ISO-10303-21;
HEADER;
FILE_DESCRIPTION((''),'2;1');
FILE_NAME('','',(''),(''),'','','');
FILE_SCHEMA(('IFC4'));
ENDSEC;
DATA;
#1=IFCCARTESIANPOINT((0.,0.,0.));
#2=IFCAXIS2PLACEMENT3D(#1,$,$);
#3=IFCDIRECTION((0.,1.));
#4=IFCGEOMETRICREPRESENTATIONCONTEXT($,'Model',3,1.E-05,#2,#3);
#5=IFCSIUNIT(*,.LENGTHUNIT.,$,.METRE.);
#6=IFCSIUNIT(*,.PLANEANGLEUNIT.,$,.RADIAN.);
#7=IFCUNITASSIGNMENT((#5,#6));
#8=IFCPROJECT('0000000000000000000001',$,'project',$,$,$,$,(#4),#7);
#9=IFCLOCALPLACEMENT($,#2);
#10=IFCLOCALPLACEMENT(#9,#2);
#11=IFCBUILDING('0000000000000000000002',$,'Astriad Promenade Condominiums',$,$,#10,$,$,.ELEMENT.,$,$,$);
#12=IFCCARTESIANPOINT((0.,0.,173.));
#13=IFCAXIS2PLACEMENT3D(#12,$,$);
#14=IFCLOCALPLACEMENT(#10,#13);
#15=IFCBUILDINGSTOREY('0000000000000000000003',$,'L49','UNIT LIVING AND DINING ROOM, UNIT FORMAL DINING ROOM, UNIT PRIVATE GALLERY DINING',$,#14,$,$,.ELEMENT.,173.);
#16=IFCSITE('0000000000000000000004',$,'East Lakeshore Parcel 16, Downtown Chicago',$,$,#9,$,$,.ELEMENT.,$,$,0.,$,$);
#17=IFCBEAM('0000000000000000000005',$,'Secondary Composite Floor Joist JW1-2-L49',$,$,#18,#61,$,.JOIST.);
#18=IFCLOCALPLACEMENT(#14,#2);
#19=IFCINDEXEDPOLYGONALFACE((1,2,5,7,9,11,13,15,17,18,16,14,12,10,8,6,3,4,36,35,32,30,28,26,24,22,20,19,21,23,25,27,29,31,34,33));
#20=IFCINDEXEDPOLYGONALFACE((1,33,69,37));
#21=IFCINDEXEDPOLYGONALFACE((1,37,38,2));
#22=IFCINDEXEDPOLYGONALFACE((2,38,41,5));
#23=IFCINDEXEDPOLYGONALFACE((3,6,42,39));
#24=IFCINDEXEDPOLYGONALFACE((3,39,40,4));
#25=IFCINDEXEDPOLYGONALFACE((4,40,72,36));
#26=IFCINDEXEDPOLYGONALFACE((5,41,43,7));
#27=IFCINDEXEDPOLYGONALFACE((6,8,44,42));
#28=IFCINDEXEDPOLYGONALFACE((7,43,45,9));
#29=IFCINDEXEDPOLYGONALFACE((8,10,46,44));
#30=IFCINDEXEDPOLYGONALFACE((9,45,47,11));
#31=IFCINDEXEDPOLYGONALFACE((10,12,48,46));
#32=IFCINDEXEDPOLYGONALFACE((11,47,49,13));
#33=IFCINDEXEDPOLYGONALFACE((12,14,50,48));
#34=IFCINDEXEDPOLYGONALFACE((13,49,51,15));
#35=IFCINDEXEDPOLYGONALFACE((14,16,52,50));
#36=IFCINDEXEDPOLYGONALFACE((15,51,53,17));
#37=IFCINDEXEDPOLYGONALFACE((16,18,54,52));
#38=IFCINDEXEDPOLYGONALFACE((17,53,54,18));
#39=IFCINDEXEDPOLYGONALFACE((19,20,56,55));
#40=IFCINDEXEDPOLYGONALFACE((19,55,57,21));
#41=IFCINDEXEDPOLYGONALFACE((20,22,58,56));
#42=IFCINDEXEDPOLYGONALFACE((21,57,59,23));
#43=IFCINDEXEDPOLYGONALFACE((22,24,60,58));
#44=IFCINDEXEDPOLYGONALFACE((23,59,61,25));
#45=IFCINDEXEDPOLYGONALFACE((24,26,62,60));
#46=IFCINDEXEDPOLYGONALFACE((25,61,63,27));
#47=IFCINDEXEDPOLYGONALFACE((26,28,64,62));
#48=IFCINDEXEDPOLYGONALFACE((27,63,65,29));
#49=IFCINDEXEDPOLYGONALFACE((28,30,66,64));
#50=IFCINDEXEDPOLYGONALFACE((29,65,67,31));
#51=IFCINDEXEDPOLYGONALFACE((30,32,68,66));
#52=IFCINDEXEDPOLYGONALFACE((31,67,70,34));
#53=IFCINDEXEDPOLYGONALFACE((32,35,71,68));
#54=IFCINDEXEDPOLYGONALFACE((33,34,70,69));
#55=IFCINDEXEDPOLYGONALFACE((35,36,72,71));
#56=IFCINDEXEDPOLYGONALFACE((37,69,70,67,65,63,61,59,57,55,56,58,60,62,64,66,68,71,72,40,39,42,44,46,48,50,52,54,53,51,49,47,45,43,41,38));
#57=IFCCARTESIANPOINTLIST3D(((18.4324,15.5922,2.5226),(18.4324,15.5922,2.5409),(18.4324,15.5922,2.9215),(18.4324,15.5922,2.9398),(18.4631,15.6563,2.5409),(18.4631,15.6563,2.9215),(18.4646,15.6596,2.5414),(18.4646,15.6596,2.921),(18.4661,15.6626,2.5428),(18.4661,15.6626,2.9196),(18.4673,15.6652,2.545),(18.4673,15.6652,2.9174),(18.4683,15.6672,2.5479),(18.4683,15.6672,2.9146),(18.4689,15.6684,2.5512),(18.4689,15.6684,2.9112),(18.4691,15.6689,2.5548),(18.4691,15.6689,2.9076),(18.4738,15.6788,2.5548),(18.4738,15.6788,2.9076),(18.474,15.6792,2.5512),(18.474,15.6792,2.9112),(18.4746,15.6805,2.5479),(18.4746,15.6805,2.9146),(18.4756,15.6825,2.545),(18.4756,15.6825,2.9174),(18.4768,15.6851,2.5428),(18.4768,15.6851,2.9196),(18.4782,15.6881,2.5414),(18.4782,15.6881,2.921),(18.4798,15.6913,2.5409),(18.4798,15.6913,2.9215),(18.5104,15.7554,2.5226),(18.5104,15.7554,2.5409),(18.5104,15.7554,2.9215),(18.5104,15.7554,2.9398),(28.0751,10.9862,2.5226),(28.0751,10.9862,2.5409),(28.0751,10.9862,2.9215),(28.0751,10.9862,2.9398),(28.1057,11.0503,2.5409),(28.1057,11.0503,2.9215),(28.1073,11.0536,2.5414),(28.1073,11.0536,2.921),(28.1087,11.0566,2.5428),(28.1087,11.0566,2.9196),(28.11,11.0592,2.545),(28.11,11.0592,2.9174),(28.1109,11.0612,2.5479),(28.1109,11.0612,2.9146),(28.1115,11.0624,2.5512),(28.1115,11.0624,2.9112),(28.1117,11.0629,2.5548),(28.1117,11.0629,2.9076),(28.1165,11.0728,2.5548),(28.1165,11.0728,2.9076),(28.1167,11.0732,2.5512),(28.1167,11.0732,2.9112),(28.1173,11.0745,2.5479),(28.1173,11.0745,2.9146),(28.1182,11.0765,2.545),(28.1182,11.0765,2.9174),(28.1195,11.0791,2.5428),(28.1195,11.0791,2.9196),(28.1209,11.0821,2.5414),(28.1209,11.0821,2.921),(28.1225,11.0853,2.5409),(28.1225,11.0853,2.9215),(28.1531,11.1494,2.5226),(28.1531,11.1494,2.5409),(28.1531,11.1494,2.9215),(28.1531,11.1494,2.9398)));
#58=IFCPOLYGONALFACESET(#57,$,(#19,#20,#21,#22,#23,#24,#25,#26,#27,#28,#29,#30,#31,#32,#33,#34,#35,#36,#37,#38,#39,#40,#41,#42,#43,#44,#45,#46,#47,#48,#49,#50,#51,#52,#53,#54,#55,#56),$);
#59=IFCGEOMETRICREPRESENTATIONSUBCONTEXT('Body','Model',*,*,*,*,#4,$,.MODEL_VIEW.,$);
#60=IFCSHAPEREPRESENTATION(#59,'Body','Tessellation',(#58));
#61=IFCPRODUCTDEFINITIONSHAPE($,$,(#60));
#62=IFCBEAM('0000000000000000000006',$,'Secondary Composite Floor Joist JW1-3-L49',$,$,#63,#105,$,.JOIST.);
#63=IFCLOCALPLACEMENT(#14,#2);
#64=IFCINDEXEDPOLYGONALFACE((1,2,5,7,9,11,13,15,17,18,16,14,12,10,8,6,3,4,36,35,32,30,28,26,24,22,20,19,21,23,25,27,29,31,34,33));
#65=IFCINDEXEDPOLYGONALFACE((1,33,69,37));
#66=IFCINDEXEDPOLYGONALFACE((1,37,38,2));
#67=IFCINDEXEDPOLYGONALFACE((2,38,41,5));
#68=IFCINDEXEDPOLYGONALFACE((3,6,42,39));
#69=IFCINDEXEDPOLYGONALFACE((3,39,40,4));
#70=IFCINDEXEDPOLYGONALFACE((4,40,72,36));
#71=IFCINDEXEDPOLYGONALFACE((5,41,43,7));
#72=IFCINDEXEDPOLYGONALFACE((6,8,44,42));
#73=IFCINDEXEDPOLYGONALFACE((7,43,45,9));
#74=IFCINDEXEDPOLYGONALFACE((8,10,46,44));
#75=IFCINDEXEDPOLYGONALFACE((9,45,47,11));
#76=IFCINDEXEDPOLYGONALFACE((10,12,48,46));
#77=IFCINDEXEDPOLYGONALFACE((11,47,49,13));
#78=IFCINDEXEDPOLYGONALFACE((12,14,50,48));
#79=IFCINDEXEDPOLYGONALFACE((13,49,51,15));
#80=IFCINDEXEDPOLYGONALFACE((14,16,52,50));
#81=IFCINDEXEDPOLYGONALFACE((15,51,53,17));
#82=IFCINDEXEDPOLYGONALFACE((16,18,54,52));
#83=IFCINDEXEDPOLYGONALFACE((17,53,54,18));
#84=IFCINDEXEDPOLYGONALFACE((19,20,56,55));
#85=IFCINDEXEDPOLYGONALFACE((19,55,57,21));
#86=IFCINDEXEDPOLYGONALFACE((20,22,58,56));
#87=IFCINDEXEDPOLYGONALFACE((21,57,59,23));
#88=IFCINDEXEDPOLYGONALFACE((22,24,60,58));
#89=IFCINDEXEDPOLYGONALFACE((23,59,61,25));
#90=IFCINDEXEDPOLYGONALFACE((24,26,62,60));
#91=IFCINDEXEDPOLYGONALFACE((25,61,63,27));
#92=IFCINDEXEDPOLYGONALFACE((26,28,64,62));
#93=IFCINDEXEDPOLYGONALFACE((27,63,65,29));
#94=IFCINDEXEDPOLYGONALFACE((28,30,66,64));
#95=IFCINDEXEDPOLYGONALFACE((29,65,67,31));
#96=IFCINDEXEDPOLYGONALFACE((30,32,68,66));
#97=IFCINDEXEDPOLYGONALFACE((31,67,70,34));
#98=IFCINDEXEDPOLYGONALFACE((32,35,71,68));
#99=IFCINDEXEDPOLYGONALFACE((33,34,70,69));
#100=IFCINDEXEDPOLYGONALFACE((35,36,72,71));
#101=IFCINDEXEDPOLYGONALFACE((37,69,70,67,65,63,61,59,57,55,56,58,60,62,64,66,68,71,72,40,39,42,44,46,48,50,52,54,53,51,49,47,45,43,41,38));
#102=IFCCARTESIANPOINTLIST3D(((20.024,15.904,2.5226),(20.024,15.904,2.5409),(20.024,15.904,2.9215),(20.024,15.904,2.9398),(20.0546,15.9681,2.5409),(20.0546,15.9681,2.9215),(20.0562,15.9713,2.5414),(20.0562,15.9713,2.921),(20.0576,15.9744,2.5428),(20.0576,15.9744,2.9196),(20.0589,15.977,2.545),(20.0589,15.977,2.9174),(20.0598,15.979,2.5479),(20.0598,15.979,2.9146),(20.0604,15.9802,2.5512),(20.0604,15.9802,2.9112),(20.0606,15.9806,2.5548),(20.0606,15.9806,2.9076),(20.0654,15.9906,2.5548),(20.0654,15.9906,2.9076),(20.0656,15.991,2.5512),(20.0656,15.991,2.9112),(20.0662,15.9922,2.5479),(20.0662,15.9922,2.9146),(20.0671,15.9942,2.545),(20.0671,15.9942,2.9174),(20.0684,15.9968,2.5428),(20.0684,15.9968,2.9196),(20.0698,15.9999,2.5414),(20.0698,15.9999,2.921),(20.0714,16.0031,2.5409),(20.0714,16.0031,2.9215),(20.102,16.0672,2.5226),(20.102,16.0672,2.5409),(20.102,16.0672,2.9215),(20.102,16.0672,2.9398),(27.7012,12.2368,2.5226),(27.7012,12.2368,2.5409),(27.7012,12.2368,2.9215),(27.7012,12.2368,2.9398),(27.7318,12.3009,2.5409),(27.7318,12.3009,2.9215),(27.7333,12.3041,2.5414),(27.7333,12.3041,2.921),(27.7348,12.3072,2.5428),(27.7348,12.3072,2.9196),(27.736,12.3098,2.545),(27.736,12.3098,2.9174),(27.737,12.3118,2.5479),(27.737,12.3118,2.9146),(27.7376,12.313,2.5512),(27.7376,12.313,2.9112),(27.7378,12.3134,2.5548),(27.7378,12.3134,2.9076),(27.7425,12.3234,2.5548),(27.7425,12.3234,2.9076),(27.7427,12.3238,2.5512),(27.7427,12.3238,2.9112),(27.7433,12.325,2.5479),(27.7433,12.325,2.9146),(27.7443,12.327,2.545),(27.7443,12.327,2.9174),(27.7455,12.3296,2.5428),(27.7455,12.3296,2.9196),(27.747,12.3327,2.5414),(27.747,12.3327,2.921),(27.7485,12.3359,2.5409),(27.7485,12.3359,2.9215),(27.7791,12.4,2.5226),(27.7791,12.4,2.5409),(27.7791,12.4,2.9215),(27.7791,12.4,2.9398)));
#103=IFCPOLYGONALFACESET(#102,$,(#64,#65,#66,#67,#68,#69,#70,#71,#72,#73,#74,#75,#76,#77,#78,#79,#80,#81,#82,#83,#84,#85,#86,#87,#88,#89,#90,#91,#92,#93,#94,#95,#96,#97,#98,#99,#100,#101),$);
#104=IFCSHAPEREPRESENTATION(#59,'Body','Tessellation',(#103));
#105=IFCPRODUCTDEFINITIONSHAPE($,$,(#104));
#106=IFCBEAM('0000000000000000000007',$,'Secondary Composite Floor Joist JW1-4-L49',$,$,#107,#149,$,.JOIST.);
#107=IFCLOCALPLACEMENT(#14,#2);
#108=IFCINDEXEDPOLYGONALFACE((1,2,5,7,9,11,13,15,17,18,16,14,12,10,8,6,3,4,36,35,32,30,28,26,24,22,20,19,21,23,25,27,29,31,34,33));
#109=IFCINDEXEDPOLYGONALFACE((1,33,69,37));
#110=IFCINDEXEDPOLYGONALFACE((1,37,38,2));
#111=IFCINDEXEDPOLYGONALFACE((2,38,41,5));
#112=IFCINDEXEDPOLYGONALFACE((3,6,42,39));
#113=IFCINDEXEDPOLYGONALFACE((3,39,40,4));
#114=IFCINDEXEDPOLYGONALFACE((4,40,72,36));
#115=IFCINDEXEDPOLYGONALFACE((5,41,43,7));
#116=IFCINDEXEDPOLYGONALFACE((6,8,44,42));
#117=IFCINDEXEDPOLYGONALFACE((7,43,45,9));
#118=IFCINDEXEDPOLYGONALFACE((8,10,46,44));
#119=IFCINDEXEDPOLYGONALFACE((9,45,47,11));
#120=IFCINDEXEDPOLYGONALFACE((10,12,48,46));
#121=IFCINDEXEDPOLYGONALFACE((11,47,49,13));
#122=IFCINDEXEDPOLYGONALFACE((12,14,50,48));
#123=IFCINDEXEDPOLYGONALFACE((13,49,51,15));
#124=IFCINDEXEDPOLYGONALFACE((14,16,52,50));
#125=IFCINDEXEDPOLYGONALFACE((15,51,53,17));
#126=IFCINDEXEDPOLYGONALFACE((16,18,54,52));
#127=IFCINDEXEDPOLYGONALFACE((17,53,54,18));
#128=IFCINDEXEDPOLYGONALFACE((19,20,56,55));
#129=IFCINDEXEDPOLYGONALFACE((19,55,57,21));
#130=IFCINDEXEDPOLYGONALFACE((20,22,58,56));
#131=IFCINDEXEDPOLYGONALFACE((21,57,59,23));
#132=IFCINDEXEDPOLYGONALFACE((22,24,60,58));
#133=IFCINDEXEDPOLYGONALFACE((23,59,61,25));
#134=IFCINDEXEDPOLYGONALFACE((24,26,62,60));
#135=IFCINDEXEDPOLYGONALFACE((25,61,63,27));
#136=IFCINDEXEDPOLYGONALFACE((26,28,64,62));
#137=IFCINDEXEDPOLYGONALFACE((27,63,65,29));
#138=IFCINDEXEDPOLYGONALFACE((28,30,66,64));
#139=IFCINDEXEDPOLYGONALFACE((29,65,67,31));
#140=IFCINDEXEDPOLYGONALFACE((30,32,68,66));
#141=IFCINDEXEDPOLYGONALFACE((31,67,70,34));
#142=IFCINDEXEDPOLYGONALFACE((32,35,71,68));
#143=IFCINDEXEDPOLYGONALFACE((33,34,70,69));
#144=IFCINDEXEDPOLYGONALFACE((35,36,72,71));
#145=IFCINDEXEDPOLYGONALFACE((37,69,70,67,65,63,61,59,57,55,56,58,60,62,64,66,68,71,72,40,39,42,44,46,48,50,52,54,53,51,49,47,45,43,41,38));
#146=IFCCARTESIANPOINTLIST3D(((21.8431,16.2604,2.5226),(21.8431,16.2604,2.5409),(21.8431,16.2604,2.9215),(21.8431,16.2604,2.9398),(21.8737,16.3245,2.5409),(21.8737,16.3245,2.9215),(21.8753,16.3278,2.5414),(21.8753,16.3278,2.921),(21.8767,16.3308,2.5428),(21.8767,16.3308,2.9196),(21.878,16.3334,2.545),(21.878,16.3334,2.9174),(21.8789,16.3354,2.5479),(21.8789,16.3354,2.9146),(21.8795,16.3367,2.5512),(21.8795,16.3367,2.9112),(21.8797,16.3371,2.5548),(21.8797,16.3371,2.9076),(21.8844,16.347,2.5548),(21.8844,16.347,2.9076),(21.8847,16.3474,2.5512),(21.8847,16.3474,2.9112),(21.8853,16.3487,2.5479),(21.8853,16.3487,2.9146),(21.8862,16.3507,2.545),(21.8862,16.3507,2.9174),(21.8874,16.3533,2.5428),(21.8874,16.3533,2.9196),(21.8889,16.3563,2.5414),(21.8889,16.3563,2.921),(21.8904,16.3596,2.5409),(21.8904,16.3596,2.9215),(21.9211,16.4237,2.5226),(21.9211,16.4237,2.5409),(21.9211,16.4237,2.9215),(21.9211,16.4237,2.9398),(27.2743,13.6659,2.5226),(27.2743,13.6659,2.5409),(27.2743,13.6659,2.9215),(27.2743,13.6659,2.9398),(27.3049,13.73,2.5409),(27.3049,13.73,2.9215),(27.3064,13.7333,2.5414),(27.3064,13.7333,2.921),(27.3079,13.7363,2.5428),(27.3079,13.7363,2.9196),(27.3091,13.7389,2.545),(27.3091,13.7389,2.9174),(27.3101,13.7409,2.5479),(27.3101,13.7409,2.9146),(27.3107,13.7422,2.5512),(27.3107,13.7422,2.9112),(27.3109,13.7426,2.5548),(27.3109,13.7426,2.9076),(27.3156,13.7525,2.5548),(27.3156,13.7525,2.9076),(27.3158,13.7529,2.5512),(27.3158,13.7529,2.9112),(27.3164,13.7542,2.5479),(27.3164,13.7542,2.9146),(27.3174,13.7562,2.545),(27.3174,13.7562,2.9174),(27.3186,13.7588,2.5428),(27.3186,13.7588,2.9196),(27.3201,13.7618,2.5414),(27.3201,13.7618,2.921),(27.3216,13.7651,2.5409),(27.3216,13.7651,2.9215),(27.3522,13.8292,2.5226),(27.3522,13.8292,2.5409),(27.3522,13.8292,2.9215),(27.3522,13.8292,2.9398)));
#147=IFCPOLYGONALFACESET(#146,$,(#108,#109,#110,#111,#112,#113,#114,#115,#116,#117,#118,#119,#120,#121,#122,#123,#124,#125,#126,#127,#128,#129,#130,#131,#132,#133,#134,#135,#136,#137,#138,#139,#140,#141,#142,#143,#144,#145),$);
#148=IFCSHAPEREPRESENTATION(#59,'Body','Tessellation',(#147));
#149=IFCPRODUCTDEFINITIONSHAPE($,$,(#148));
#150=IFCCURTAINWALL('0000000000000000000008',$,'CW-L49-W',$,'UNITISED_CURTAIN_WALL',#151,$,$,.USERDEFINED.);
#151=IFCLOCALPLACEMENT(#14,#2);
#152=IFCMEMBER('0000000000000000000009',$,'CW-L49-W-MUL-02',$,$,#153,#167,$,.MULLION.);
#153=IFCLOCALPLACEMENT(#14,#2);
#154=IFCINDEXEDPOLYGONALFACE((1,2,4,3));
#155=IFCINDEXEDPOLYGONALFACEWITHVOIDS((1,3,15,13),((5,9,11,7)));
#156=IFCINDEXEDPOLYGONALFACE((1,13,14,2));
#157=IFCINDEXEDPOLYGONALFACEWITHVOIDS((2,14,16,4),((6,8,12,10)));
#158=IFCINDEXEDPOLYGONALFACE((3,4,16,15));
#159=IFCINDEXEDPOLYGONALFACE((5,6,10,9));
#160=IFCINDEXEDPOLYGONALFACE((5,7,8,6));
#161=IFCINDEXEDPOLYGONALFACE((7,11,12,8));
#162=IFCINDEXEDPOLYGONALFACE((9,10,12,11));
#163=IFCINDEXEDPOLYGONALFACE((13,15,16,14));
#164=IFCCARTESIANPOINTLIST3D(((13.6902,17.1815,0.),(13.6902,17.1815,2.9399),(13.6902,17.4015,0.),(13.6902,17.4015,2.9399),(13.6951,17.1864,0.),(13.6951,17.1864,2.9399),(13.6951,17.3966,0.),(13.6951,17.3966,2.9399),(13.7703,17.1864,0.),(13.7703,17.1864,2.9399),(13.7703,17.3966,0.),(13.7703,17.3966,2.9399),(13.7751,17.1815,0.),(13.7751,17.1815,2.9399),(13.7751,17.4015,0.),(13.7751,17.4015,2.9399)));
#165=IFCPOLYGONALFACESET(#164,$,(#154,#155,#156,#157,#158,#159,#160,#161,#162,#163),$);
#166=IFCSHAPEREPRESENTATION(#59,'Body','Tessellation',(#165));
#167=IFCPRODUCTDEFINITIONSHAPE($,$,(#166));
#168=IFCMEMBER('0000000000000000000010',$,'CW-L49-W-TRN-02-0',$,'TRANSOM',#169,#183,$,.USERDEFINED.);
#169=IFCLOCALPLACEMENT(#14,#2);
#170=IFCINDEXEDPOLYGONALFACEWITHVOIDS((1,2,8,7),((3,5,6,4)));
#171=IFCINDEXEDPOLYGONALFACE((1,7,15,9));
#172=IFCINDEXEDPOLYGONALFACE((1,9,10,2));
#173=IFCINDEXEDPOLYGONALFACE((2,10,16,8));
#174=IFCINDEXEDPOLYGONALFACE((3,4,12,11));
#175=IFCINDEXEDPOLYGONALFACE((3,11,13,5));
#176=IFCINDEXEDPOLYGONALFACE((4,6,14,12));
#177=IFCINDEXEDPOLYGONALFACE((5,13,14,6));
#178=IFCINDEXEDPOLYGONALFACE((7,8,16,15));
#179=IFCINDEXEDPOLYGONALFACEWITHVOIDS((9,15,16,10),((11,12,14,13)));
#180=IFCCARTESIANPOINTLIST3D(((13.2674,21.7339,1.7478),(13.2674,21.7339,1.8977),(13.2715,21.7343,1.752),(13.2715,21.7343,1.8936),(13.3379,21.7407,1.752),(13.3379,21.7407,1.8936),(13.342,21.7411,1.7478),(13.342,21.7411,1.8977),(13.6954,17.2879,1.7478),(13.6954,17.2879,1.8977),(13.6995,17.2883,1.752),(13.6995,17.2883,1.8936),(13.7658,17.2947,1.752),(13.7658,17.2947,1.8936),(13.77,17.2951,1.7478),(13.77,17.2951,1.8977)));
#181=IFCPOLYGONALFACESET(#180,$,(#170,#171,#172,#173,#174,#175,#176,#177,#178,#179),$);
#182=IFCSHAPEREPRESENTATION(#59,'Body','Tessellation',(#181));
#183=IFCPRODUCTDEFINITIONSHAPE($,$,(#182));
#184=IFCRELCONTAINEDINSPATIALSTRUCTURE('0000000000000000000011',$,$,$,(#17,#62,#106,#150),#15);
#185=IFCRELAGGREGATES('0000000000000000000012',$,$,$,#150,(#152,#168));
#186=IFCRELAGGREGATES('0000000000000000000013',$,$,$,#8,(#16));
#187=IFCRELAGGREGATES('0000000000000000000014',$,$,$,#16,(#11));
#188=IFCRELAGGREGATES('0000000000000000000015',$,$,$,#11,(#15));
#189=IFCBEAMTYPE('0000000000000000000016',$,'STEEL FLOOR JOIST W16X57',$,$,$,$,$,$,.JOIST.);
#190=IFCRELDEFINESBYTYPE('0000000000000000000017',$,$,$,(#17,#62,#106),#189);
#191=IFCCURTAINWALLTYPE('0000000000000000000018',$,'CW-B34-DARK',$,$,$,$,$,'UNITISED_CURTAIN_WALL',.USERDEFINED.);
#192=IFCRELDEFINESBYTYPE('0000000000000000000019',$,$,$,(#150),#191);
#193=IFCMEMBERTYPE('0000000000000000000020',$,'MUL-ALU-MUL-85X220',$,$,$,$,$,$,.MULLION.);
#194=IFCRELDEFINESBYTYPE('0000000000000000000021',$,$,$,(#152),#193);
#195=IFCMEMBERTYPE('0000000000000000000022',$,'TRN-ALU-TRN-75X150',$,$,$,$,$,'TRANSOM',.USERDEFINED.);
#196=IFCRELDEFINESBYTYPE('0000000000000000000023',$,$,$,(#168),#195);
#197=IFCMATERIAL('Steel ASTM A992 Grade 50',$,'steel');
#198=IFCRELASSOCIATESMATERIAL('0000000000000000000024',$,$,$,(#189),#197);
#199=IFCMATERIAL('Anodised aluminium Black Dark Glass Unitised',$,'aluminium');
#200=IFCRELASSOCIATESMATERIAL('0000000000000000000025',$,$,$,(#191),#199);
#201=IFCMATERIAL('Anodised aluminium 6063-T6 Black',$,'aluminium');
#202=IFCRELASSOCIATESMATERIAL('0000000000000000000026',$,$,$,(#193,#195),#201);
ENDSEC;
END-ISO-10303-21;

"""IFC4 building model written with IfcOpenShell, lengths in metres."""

from ifc_helpers import new_model, si_unit, direction, frame, origin, origin_2d, place, context, subcontext, project, spatial, hollow_rectangle, i_section, extrude, source, transform, mapped, material, material_profile, profile_set, type_object, type_shapes, element, aggregate, save


model = new_model("IFC4")

# Units and contexts
model_context = context("Model", 3, precision=1e-05, world=origin(), true_north=direction((0.0, 1.0)))
body_context = subcontext(model_context, "Body", "Model", "MODEL_VIEW")
ifc_project = project(units=[si_unit("LENGTHUNIT", "METRE"), si_unit("PLANEANGLEUNIT", "RADIAN")], contexts=[model_context])

# Site, building, storey
site_placement = place(None, origin())
site = spatial("IfcSite", under=ifc_project, at=site_placement, Name="East Lakeshore Parcel 16, Downtown Chicago", CompositionType="ELEMENT", RefElevation=0.0)
building_placement = place(site_placement, origin())
building = spatial("IfcBuilding", under=site, at=building_placement, Name="Astriad Promenade Condominiums", CompositionType="ELEMENT")
storey_placement = place(building_placement, frame((0.0, 0.0, 173.0)))
storey = spatial("IfcBuildingStorey", under=building, at=storey_placement, Name="L49", Description="UNIT LIVING AND DINING ROOM, UNIT FORMAL DINING ROOM, UNIT PRIVATE GALLERY DINING", CompositionType="ELEMENT", Elevation=173.0)

# Beams
ifc_material_1 = material(Name="Steel ASTM A992 Grade 50", Category="steel")
ifc_material_profile_1 = material_profile(ifc_material_1, i_section(OverallWidth=0.1809, OverallDepth=0.4172, WebThickness=0.011, FlangeThickness=0.0183, FilletRadius=0.0139, at=origin_2d()), Name="W16X57")
ifc_profile_set_1 = profile_set([ifc_material_profile_1], Name="Steel ASTM A992 Grade 50")
beam_type_1 = type_object("IfcBeamType", Name="STEEL FLOOR JOIST W16X57", PredefinedType="JOIST", material=ifc_profile_set_1)
shared_shape_1 = source(origin(), body_context, "Body", "SweptSolid", [
    extrude(i_section(OverallWidth=0.1809, OverallDepth=0.4172, WebThickness=0.011, FlangeThickness=0.0183, FilletRadius=0.0139, at=origin_2d()), origin(), (0.0, 0.0, 1.0), 10.6863),
])
beam_1_placement = place(storey_placement, frame((18.4714, 15.6738, 2.7312), z_axis=(0.902342, -0.431021, 0.0), x_axis=(0.431021, 0.902342, 0.0)))
element("IfcBeam", 1, at=beam_1_placement, inside=storey, type_object=beam_type_1, Name="Secondary Composite Floor Joist JW1-2-L49", PredefinedType="JOIST", context=body_context, shape_type="MappedRepresentation", body=[
    mapped(shared_shape_1, transform((0.0, 0.0, 0.0), scale=1.0)),
])
shared_shape_2 = source(origin(), body_context, "Body", "SweptSolid", [
    extrude(i_section(OverallWidth=0.1809, OverallDepth=0.4172, WebThickness=0.011, FlangeThickness=0.0183, FilletRadius=0.0139, at=origin_2d()), origin(), (0.0, 0.0, 1.0), 8.5081),
])
beam_2_placement = place(storey_placement, frame((20.063, 15.9856, 2.7312), z_axis=(0.90234, -0.431026, 0.0), x_axis=(0.431026, 0.90234, 0.0)))
element("IfcBeam", 2, at=beam_2_placement, inside=storey, type_object=beam_type_1, Name="Secondary Composite Floor Joist JW1-3-L49", PredefinedType="JOIST", context=body_context, shape_type="MappedRepresentation", body=[
    mapped(shared_shape_2, transform((0.0, 0.0, 0.0), scale=1.0)),
])
shared_shape_3 = source(origin(), body_context, "Body", "SweptSolid", [
    extrude(i_section(OverallWidth=0.1809, OverallDepth=0.4172, WebThickness=0.011, FlangeThickness=0.0183, FilletRadius=0.0139, at=origin_2d()), origin(), (0.0, 0.0, 1.0), 6.019),
])
beam_3_placement = place(storey_placement, frame((21.8821, 16.342, 2.7312), z_axis=(0.90233, -0.431046, 0.0), x_axis=(0.431046, 0.90233, 0.0)))
element("IfcBeam", 3, at=beam_3_placement, inside=storey, type_object=beam_type_1, Name="Secondary Composite Floor Joist JW1-4-L49", PredefinedType="JOIST", context=body_context, shape_type="MappedRepresentation", body=[
    mapped(shared_shape_3, transform((0.0, 0.0, 0.0), scale=1.0)),
])

# Curtain wall, members
ifc_material_2 = material(Name="Anodised aluminium Black Dark Glass Unitised", Category="aluminium")
curtain_wall_type = type_object("IfcCurtainWallType", Name="CW-B34-DARK", ElementType="UNITISED_CURTAIN_WALL", PredefinedType="USERDEFINED", material=ifc_material_2)
curtain_wall_placement = place(storey_placement, origin())
curtain_wall = element("IfcCurtainWall", 4, at=curtain_wall_placement, inside=storey, type_object=curtain_wall_type, Name="CW-L49-W", ObjectType="UNITISED_CURTAIN_WALL", PredefinedType="USERDEFINED")
ifc_material_3 = material(Name="Anodised aluminium 6063-T6 Black", Category="aluminium")
ifc_material_profile_2 = material_profile(ifc_material_3, hollow_rectangle(XDim=0.085, YDim=0.22, WallThickness=0.0049, at=origin_2d()), Name="ALU-MUL-85X220")
ifc_profile_set_2 = profile_set([ifc_material_profile_2], Name="Anodised aluminium 6063-T6 Black")
member_type_1 = type_object("IfcMemberType", Name="MUL-ALU-MUL-85X220", PredefinedType="MULLION", material=ifc_profile_set_2)
shared_shape_4 = source(origin(), body_context, "Body", "SweptSolid", [
    extrude(hollow_rectangle(XDim=0.085, YDim=0.22, WallThickness=0.0049, at=origin_2d()), origin(), (0.0, 0.0, 1.0), 2.9399),
])
type_shapes(member_type_1, [shared_shape_4])
member_1_placement = place(storey_placement, frame((13.7327, 17.2915, 0.0), z_axis=(0.0, 0.0, 1.0), x_axis=(1.0, 0.0, 0.0)))
member_1 = element("IfcMember", 5, at=member_1_placement, type_object=member_type_1, Name="CW-L49-W-MUL-02", PredefinedType="MULLION", context=body_context, shape_type="MappedRepresentation", body=[
    mapped(shared_shape_4, transform((0.0, 0.0, 0.0), scale=1.0)),
])
ifc_material_profile_3 = material_profile(ifc_material_3, hollow_rectangle(XDim=0.075, YDim=0.1499, WallThickness=0.0042, at=origin_2d()), Name="ALU-TRN-75X150")
ifc_profile_set_3 = profile_set([ifc_material_profile_3], Name="Anodised aluminium 6063-T6 Black")
member_type_2 = type_object("IfcMemberType", Name="TRN-ALU-TRN-75X150", ElementType="TRANSOM", PredefinedType="USERDEFINED", material=ifc_profile_set_3)
shared_shape_5 = source(origin(), body_context, "Body", "SweptSolid", [
    extrude(hollow_rectangle(XDim=0.075, YDim=0.1499, WallThickness=0.0042, at=origin_2d()), origin(), (0.0, 0.0, 1.0), 4.4666),
])
type_shapes(member_type_2, [shared_shape_5])
member_2_placement = place(storey_placement, frame((13.7327, 17.2915, 1.8228), z_axis=(-0.095818, 0.995399, 0.0), x_axis=(-0.995399, -0.095818, 0.0)))
member_2 = element("IfcMember", 6, at=member_2_placement, type_object=member_type_2, Name="CW-L49-W-TRN-02-0", ObjectType="TRANSOM", PredefinedType="USERDEFINED", context=body_context, shape_type="MappedRepresentation", body=[
    mapped(shared_shape_5, transform((0.0, 0.0, 0.0), scale=1.0)),
])
aggregate(curtain_wall, [member_1, member_2])

save(model, "model.ifc")
